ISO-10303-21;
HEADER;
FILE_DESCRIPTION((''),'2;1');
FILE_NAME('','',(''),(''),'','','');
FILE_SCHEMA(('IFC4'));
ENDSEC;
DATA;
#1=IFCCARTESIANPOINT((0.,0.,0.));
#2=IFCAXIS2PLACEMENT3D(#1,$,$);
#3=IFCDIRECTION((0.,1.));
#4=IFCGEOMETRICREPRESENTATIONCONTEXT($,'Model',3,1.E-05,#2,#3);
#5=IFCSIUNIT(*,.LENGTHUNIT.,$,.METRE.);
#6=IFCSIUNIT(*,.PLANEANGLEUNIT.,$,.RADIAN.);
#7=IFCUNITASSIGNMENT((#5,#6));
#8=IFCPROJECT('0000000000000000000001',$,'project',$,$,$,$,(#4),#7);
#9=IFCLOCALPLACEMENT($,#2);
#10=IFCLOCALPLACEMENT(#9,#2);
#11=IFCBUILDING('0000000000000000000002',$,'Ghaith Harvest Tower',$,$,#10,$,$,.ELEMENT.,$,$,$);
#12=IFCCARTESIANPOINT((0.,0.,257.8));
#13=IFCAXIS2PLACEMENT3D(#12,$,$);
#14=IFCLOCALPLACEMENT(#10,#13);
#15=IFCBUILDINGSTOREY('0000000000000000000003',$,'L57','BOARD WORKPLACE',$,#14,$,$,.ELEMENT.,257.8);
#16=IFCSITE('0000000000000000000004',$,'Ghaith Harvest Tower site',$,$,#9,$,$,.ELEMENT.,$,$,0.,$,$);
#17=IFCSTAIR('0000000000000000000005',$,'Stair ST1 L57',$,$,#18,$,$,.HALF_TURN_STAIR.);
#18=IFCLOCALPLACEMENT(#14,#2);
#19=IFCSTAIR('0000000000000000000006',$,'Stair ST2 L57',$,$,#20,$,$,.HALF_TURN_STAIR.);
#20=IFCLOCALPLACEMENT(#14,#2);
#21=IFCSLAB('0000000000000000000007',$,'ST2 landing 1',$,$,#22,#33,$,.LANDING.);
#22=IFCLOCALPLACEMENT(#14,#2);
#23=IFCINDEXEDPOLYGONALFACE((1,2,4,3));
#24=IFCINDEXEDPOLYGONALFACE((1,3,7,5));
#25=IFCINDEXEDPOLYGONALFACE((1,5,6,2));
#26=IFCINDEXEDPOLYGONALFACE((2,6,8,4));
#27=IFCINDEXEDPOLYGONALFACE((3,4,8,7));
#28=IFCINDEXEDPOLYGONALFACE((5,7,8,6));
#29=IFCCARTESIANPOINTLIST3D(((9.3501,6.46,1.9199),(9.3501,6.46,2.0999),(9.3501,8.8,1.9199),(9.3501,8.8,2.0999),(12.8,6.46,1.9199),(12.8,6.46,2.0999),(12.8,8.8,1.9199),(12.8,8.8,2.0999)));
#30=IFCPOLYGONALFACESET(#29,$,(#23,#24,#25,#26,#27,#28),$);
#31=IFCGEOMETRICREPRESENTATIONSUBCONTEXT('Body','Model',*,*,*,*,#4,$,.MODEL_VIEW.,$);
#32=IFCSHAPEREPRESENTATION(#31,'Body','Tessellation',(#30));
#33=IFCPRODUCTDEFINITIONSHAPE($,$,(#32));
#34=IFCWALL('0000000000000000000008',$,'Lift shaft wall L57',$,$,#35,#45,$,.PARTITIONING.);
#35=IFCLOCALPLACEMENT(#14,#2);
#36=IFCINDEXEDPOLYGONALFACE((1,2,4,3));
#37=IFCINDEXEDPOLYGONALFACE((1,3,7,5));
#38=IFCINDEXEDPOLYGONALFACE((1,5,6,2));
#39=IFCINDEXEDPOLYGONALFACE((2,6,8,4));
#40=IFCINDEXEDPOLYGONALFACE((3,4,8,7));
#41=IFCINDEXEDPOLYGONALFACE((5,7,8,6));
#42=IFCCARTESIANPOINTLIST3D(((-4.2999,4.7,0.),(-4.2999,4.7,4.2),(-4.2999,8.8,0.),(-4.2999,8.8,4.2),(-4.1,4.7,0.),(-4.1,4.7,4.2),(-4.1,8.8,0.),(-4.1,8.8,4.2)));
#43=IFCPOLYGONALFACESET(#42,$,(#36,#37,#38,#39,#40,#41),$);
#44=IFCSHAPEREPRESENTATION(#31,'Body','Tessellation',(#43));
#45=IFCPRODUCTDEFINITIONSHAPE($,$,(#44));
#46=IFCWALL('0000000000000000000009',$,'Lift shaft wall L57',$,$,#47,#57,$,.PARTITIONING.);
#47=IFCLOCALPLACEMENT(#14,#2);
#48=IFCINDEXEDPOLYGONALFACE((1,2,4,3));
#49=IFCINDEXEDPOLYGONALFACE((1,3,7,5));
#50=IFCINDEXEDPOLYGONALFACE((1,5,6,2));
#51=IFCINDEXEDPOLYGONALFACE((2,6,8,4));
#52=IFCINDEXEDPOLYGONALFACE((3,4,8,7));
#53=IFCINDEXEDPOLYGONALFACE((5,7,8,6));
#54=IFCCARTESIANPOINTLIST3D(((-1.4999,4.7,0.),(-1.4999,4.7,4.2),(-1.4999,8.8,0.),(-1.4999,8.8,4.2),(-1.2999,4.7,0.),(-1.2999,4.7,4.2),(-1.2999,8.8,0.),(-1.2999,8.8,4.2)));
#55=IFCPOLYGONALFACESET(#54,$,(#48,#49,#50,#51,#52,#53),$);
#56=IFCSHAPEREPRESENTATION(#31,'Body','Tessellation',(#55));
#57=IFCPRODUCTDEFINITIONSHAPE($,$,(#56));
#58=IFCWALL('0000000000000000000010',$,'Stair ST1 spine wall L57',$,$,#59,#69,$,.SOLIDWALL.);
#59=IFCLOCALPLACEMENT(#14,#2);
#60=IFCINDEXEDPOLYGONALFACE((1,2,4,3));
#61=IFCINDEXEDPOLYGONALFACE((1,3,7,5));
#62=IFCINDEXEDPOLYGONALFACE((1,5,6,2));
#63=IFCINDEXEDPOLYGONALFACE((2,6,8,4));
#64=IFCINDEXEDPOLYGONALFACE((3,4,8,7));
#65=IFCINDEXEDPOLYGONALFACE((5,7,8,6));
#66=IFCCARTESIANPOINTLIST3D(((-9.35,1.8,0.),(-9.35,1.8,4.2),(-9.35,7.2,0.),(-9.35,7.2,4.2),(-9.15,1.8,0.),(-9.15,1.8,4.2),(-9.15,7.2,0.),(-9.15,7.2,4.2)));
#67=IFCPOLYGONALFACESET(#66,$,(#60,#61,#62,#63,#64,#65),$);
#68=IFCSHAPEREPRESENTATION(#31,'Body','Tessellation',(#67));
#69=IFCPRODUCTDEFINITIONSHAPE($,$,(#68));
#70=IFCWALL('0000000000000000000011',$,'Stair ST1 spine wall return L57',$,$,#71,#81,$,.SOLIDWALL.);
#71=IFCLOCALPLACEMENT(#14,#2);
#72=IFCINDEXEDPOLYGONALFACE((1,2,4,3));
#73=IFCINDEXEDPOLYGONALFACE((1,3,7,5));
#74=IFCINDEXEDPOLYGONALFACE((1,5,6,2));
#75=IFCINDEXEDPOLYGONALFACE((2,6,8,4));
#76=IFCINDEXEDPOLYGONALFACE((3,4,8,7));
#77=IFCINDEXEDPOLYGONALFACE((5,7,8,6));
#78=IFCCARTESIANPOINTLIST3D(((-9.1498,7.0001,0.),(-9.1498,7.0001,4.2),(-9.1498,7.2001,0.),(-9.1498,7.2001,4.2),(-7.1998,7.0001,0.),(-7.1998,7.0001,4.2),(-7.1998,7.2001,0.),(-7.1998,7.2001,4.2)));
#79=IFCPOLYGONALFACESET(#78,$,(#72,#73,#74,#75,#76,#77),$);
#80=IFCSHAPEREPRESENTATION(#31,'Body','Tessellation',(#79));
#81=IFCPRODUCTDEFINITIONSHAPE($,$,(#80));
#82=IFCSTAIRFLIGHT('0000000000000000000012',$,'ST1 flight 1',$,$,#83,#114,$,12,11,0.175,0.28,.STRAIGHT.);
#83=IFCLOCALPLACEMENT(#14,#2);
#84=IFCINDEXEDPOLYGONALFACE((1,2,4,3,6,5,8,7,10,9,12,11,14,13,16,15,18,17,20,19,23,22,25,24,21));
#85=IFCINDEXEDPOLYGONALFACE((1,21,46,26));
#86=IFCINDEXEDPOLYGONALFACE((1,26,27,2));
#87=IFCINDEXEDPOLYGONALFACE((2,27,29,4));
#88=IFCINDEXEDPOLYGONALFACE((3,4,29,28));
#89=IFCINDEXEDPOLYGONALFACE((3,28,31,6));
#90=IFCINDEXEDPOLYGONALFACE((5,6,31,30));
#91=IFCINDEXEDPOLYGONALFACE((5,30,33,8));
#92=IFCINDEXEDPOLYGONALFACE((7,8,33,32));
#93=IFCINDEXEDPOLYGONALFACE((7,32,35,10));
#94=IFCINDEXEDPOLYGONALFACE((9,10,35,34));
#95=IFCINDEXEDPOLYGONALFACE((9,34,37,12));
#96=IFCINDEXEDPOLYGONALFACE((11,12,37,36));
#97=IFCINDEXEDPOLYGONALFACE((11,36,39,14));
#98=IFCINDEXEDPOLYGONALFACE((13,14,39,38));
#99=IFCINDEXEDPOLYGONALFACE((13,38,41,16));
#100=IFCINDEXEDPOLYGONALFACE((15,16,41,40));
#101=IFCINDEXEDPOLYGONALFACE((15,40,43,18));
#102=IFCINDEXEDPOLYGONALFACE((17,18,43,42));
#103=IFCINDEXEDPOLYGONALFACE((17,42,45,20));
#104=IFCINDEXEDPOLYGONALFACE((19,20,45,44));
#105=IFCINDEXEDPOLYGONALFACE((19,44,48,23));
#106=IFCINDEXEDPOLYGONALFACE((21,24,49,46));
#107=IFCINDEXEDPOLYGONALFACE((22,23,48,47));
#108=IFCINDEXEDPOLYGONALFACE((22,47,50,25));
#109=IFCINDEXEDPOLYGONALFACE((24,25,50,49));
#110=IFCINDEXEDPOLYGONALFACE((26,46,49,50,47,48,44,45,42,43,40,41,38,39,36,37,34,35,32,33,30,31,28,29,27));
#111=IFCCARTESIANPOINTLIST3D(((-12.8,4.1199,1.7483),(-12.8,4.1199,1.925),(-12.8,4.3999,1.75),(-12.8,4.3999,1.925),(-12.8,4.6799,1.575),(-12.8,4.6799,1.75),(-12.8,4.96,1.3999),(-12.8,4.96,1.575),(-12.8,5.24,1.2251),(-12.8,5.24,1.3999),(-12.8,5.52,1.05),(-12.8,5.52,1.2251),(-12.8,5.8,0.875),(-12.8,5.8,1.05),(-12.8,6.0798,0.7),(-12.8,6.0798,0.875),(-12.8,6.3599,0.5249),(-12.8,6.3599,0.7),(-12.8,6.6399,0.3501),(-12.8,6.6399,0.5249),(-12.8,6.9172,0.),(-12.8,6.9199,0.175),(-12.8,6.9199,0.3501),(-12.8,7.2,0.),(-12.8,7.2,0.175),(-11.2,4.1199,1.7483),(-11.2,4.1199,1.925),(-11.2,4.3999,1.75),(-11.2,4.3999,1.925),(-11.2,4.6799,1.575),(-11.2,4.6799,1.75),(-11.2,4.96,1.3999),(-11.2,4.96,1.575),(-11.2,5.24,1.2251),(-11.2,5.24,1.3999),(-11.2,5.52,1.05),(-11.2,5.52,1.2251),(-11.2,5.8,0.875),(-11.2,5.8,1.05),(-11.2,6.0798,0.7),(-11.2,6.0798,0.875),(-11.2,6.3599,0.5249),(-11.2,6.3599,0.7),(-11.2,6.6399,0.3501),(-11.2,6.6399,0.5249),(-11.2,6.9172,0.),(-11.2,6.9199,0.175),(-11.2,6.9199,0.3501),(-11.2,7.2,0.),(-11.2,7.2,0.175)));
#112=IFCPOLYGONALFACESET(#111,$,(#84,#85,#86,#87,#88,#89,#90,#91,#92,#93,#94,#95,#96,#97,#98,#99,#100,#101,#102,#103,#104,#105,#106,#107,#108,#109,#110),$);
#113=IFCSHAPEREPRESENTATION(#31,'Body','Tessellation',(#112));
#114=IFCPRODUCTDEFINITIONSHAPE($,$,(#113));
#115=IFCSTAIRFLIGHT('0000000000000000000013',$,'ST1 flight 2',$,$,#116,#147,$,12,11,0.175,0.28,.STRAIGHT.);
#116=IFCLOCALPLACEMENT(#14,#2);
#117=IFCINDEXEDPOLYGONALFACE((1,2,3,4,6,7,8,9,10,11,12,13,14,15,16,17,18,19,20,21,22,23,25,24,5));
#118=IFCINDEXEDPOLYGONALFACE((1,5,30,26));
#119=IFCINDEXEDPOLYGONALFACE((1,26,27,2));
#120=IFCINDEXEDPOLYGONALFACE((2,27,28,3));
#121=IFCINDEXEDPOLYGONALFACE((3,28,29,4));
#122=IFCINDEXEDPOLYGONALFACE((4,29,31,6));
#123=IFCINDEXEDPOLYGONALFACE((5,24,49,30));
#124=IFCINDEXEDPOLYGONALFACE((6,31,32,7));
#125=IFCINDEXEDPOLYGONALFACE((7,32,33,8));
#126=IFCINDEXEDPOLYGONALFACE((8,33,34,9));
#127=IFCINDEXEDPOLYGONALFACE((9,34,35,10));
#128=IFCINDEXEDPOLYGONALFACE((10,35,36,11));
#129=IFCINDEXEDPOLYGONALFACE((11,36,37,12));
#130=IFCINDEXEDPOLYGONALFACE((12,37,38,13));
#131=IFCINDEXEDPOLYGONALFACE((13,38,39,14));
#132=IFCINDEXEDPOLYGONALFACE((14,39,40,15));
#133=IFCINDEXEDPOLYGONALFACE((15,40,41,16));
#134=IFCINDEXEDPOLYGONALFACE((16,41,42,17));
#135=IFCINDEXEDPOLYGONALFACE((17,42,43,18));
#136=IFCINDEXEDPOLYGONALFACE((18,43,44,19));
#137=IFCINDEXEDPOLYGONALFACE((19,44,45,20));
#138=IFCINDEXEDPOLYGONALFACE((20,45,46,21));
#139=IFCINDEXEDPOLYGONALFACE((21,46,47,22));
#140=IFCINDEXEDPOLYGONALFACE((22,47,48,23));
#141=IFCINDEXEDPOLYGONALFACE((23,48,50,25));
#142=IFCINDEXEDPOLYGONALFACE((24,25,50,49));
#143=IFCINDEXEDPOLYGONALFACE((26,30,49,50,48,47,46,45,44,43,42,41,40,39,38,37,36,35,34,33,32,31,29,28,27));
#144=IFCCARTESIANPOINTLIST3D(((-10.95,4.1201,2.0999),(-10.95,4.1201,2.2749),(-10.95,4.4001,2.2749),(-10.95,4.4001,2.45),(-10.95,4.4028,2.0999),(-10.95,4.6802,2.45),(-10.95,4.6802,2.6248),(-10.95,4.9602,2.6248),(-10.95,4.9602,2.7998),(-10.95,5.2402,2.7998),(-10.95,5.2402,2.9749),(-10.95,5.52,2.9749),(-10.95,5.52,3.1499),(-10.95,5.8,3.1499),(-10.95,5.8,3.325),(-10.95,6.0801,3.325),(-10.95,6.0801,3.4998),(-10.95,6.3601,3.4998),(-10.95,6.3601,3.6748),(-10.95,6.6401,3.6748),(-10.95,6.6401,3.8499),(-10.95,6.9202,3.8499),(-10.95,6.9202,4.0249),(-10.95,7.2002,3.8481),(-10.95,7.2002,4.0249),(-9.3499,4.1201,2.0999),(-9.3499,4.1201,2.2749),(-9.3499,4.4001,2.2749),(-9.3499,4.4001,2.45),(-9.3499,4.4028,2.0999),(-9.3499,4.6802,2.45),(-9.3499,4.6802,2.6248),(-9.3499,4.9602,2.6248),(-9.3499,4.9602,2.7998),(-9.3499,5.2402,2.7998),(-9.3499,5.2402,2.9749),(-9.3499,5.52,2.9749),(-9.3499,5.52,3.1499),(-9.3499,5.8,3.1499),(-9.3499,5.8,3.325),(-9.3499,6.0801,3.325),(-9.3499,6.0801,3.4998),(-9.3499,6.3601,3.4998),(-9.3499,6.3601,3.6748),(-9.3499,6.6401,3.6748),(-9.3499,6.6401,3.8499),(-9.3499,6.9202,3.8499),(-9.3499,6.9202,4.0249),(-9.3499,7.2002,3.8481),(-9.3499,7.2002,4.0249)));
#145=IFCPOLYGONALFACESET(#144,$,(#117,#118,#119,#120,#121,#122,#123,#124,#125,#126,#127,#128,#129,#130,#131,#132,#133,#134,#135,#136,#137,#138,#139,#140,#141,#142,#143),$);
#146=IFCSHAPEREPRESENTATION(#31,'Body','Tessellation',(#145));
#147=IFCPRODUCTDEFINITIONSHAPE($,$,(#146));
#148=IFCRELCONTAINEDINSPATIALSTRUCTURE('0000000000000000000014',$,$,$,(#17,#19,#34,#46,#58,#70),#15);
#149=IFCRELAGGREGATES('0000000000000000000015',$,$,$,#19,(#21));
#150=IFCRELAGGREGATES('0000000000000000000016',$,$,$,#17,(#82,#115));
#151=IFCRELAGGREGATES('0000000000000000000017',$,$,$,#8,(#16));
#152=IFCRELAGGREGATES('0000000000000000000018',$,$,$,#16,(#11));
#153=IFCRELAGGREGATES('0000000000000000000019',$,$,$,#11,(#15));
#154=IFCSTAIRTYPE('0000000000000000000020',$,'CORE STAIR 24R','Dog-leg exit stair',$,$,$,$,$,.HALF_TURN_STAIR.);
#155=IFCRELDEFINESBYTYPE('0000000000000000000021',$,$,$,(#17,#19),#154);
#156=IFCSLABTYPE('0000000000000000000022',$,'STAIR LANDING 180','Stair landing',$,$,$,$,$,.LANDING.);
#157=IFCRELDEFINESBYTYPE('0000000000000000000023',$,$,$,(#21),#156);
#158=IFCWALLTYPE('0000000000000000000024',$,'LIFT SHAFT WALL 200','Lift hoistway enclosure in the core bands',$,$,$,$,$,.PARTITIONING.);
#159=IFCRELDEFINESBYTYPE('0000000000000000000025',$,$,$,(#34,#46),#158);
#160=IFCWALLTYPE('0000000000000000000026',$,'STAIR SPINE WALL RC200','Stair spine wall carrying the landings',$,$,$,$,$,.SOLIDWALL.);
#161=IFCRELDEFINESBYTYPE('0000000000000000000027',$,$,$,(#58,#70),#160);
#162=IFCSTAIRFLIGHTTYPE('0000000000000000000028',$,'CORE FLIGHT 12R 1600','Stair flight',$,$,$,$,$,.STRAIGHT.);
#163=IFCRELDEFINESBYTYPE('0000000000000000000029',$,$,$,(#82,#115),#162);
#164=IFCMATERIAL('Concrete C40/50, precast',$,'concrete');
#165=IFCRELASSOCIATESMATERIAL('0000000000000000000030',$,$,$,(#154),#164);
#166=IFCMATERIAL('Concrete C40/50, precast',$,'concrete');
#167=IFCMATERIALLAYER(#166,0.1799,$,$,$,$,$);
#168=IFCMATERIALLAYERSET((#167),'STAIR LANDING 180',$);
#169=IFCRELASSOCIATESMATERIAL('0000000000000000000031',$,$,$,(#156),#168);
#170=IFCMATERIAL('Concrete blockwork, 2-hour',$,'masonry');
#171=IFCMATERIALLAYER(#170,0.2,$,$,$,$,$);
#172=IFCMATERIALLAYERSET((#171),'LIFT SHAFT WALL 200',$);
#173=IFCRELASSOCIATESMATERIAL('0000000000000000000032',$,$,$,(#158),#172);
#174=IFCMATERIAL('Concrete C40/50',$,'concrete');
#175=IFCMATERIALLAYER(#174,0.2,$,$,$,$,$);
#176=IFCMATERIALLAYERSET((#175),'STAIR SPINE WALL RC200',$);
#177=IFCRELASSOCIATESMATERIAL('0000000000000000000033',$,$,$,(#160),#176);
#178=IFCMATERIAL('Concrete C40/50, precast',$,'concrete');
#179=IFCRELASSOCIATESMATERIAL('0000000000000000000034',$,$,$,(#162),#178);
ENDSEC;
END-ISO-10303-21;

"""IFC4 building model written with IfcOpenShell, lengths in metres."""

from ifc_helpers import new_model, si_unit, direction, frame, frame_2d, origin, place, context, subcontext, project, spatial, polyline, rectangle, outline, extrude, material, layer, layer_set, type_object, element, aggregate, save


model = new_model("IFC4")

# Units and contexts
model_context = context("Model", 3, precision=1e-05, world=origin(), true_north=direction((0.0, 1.0)))
body_context = subcontext(model_context, "Body", "Model", "MODEL_VIEW")
ifc_project = project(units=[si_unit("LENGTHUNIT", "METRE"), si_unit("PLANEANGLEUNIT", "RADIAN")], contexts=[model_context])

# Site, building, storey
site_placement = place(None, origin())
site = spatial("IfcSite", under=ifc_project, at=site_placement, Name="Ghaith Harvest Tower site", CompositionType="ELEMENT", RefElevation=0.0)
building_placement = place(site_placement, origin())
building = spatial("IfcBuilding", under=site, at=building_placement, Name="Ghaith Harvest Tower", CompositionType="ELEMENT")
storey_placement = place(building_placement, frame((0.0, 0.0, 257.8)))
storey = spatial("IfcBuildingStorey", under=building, at=storey_placement, Name="L57", Description="BOARD WORKPLACE", CompositionType="ELEMENT", Elevation=257.8)

# Stair
ifc_material_1 = material(Name="Concrete C40/50, precast", Category="concrete")
stair_type = type_object("IfcStairType", Name="CORE STAIR 24R", Description="Dog-leg exit stair", PredefinedType="HALF_TURN_STAIR", material=ifc_material_1)
stair_1_placement = place(storey_placement, origin())
stair_1 = element("IfcStair", 1, at=stair_1_placement, inside=storey, type_object=stair_type, Name="Stair ST1 L57", PredefinedType="HALF_TURN_STAIR")
ifc_material_2 = material(Name="Concrete C40/50, precast", Category="concrete")
ifc_layer_1 = layer(ifc_material_2, 0.1799)
ifc_layer_set_1 = layer_set([ifc_layer_1], Name="STAIR LANDING 180")
slab_type_1 = type_object("IfcSlabType", Name="STAIR LANDING 180", Description="Stair landing", PredefinedType="LANDING", material=ifc_layer_set_1)

# Stair, slab
stair_2_placement = place(storey_placement, origin())
stair_2 = element("IfcStair", 2, at=stair_2_placement, inside=storey, type_object=stair_type, Name="Stair ST2 L57", PredefinedType="HALF_TURN_STAIR")
slab_1_placement = place(storey_placement, frame((0.0, 0.0, 1.9199)))
slab_1 = element("IfcSlab", 3, at=slab_1_placement, type_object=slab_type_1, Name="ST2 landing 1", PredefinedType="LANDING", context=body_context, shape_type="SweptSolid", body=[
    extrude(outline(polyline([(12.8, 6.46), (12.8, 8.8), (9.3501, 8.8), (9.3501, 6.46), (12.8, 6.46)])), origin(), (0.0, 0.0, 1.0), 0.1799),
])
aggregate(stair_2, [slab_1])

# Walls
ifc_material_3 = material(Name="Concrete blockwork, 2-hour", Category="masonry")
ifc_layer_2 = layer(ifc_material_3, 0.2)
ifc_layer_set_2 = layer_set([ifc_layer_2], Name="LIFT SHAFT WALL 200")
wall_type_1 = type_object("IfcWallType", Name="LIFT SHAFT WALL 200", Description="Lift hoistway enclosure in the core bands", PredefinedType="PARTITIONING", material=ifc_layer_set_2)
for number, where, z_axis, x_axis, name in (
    (4, (-4.2, 4.7, 0.0), (0.0, 0.0, 1.0), (0.0, 1.0, 0.0), "Lift shaft wall L57"),
    (5, (-1.3999, 4.7, 0.0), (0.0, 0.0, 1.0), (0.0, 1.0, 0.0), "Lift shaft wall L57"),
):
    element("IfcWall", number, at=place(storey_placement, frame(where, z_axis=z_axis, x_axis=x_axis)), inside=storey, type_object=wall_type_1, Name=name, PredefinedType="PARTITIONING", context=body_context, shape_type="SweptSolid", body=[
        extrude(rectangle(XDim=4.1001, YDim=0.2, at=frame_2d((2.05, 0.0))), origin(), (0.0, 0.0, 1.0), 4.2),
    ])

# Walls
ifc_material_4 = material(Name="Concrete C40/50", Category="concrete")
ifc_layer_3 = layer(ifc_material_4, 0.2)
ifc_layer_set_3 = layer_set([ifc_layer_3], Name="STAIR SPINE WALL RC200")
wall_type_2 = type_object("IfcWallType", Name="STAIR SPINE WALL RC200", Description="Stair spine wall carrying the landings", PredefinedType="SOLIDWALL", material=ifc_layer_set_3)
wall_1_placement = place(storey_placement, frame((-9.25, 7.2, 0.0), z_axis=(0.0, 0.0, 1.0), x_axis=(0.0, -1.0, 0.0)))
element("IfcWall", 6, at=wall_1_placement, inside=storey, type_object=wall_type_2, Name="Stair ST1 spine wall L57", PredefinedType="SOLIDWALL", context=body_context, shape_type="SweptSolid", body=[
    extrude(rectangle(XDim=5.3999, YDim=0.2, at=frame_2d((2.7, 0.0))), origin(), (0.0, 0.0, 1.0), 4.2),
])
wall_2_placement = place(storey_placement, frame((-9.1499, 7.1001, 0.0), z_axis=(0.0, 0.0, 1.0), x_axis=(1.0, 0.0, 0.0)))
element("IfcWall", 7, at=wall_2_placement, inside=storey, type_object=wall_type_2, Name="Stair ST1 spine wall return L57", PredefinedType="SOLIDWALL", context=body_context, shape_type="SweptSolid", body=[
    extrude(rectangle(XDim=1.95, YDim=0.2, at=frame_2d((0.9751, 0.0))), origin(), (0.0, 0.0, 1.0), 4.2),
])

# Stair flights
ifc_material_5 = material(Name="Concrete C40/50, precast", Category="concrete")
stair_flight_type = type_object("IfcStairFlightType", Name="CORE FLIGHT 12R 1600", Description="Stair flight", PredefinedType="STRAIGHT", material=ifc_material_5)
stair_flight_1_placement = place(storey_placement, frame((-12.0, 7.2, 0.0), z_axis=(0.0, 0.0, 1.0), x_axis=(0.0, -1.0, 0.0)))
stair_flight_1 = element("IfcStairFlight", 8, at=stair_flight_1_placement, type_object=stair_flight_type, Name="ST1 flight 1", NumberOfRisers=12, NumberOfTreads=11, PredefinedType="STRAIGHT", RiserHeight=0.175, TreadLength=0.28, context=body_context, shape_type="SweptSolid", body=[
    extrude(outline(polyline([(0.0, 0.0), (0.0, 0.175), (0.28, 0.175), (0.28, 0.3501), (0.5601, 0.3501), (0.5601, 0.5249), (0.8401, 0.5249), (0.8401, 0.7), (1.1201, 0.7), (1.1201, 0.875), (1.3999, 0.875), (1.3999, 1.05), (1.6799, 1.05), (1.6799, 1.2251), (1.96, 1.2251), (1.96, 1.3999), (2.24, 1.3999), (2.24, 1.575), (2.52, 1.575), (2.52, 1.75), (2.8, 1.75), (2.8, 1.925), (3.0801, 1.925), (3.0801, 2.1001), (3.0801, 1.7483), (0.2827, 0.0), (0.0, 0.0)])), frame((0.0, 0.8, 0.0), z_axis=(0.0, -1.0, 0.0), x_axis=(1.0, 0.0, 0.0)), (0.0, 0.0, 1.0), 1.6001),
])
stair_flight_2_placement = place(storey_placement, frame((-10.1499, 4.1201, 2.0999), z_axis=(0.0, 0.0, 1.0), x_axis=(0.0, 1.0, 0.0)))
stair_flight_2 = element("IfcStairFlight", 9, at=stair_flight_2_placement, type_object=stair_flight_type, Name="ST1 flight 2", NumberOfRisers=12, NumberOfTreads=11, PredefinedType="STRAIGHT", RiserHeight=0.175, TreadLength=0.28, context=body_context, shape_type="SweptSolid", body=[
    extrude(outline(polyline([(0.0, 0.0), (0.0, 0.175), (0.28, 0.175), (0.28, 0.3501), (0.5601, 0.3501), (0.5601, 0.5249), (0.8401, 0.5249), (0.8401, 0.7), (1.1201, 0.7), (1.1201, 0.875), (1.3999, 0.875), (1.3999, 1.05), (1.6799, 1.05), (1.6799, 1.2251), (1.96, 1.2251), (1.96, 1.3999), (2.24, 1.3999), (2.24, 1.575), (2.52, 1.575), (2.52, 1.75), (2.8, 1.75), (2.8, 1.925), (3.0801, 1.925), (3.0801, 2.1001), (3.0801, 1.7483), (0.2827, 0.0), (0.0, 0.0)])), frame((0.0, 0.8, 0.0), z_axis=(0.0, -1.0, 0.0), x_axis=(1.0, 0.0, 0.0)), (0.0, 0.0, 1.0), 1.6001),
])
aggregate(stair_1, [stair_flight_1, stair_flight_2])

save(model, "model.ifc")
